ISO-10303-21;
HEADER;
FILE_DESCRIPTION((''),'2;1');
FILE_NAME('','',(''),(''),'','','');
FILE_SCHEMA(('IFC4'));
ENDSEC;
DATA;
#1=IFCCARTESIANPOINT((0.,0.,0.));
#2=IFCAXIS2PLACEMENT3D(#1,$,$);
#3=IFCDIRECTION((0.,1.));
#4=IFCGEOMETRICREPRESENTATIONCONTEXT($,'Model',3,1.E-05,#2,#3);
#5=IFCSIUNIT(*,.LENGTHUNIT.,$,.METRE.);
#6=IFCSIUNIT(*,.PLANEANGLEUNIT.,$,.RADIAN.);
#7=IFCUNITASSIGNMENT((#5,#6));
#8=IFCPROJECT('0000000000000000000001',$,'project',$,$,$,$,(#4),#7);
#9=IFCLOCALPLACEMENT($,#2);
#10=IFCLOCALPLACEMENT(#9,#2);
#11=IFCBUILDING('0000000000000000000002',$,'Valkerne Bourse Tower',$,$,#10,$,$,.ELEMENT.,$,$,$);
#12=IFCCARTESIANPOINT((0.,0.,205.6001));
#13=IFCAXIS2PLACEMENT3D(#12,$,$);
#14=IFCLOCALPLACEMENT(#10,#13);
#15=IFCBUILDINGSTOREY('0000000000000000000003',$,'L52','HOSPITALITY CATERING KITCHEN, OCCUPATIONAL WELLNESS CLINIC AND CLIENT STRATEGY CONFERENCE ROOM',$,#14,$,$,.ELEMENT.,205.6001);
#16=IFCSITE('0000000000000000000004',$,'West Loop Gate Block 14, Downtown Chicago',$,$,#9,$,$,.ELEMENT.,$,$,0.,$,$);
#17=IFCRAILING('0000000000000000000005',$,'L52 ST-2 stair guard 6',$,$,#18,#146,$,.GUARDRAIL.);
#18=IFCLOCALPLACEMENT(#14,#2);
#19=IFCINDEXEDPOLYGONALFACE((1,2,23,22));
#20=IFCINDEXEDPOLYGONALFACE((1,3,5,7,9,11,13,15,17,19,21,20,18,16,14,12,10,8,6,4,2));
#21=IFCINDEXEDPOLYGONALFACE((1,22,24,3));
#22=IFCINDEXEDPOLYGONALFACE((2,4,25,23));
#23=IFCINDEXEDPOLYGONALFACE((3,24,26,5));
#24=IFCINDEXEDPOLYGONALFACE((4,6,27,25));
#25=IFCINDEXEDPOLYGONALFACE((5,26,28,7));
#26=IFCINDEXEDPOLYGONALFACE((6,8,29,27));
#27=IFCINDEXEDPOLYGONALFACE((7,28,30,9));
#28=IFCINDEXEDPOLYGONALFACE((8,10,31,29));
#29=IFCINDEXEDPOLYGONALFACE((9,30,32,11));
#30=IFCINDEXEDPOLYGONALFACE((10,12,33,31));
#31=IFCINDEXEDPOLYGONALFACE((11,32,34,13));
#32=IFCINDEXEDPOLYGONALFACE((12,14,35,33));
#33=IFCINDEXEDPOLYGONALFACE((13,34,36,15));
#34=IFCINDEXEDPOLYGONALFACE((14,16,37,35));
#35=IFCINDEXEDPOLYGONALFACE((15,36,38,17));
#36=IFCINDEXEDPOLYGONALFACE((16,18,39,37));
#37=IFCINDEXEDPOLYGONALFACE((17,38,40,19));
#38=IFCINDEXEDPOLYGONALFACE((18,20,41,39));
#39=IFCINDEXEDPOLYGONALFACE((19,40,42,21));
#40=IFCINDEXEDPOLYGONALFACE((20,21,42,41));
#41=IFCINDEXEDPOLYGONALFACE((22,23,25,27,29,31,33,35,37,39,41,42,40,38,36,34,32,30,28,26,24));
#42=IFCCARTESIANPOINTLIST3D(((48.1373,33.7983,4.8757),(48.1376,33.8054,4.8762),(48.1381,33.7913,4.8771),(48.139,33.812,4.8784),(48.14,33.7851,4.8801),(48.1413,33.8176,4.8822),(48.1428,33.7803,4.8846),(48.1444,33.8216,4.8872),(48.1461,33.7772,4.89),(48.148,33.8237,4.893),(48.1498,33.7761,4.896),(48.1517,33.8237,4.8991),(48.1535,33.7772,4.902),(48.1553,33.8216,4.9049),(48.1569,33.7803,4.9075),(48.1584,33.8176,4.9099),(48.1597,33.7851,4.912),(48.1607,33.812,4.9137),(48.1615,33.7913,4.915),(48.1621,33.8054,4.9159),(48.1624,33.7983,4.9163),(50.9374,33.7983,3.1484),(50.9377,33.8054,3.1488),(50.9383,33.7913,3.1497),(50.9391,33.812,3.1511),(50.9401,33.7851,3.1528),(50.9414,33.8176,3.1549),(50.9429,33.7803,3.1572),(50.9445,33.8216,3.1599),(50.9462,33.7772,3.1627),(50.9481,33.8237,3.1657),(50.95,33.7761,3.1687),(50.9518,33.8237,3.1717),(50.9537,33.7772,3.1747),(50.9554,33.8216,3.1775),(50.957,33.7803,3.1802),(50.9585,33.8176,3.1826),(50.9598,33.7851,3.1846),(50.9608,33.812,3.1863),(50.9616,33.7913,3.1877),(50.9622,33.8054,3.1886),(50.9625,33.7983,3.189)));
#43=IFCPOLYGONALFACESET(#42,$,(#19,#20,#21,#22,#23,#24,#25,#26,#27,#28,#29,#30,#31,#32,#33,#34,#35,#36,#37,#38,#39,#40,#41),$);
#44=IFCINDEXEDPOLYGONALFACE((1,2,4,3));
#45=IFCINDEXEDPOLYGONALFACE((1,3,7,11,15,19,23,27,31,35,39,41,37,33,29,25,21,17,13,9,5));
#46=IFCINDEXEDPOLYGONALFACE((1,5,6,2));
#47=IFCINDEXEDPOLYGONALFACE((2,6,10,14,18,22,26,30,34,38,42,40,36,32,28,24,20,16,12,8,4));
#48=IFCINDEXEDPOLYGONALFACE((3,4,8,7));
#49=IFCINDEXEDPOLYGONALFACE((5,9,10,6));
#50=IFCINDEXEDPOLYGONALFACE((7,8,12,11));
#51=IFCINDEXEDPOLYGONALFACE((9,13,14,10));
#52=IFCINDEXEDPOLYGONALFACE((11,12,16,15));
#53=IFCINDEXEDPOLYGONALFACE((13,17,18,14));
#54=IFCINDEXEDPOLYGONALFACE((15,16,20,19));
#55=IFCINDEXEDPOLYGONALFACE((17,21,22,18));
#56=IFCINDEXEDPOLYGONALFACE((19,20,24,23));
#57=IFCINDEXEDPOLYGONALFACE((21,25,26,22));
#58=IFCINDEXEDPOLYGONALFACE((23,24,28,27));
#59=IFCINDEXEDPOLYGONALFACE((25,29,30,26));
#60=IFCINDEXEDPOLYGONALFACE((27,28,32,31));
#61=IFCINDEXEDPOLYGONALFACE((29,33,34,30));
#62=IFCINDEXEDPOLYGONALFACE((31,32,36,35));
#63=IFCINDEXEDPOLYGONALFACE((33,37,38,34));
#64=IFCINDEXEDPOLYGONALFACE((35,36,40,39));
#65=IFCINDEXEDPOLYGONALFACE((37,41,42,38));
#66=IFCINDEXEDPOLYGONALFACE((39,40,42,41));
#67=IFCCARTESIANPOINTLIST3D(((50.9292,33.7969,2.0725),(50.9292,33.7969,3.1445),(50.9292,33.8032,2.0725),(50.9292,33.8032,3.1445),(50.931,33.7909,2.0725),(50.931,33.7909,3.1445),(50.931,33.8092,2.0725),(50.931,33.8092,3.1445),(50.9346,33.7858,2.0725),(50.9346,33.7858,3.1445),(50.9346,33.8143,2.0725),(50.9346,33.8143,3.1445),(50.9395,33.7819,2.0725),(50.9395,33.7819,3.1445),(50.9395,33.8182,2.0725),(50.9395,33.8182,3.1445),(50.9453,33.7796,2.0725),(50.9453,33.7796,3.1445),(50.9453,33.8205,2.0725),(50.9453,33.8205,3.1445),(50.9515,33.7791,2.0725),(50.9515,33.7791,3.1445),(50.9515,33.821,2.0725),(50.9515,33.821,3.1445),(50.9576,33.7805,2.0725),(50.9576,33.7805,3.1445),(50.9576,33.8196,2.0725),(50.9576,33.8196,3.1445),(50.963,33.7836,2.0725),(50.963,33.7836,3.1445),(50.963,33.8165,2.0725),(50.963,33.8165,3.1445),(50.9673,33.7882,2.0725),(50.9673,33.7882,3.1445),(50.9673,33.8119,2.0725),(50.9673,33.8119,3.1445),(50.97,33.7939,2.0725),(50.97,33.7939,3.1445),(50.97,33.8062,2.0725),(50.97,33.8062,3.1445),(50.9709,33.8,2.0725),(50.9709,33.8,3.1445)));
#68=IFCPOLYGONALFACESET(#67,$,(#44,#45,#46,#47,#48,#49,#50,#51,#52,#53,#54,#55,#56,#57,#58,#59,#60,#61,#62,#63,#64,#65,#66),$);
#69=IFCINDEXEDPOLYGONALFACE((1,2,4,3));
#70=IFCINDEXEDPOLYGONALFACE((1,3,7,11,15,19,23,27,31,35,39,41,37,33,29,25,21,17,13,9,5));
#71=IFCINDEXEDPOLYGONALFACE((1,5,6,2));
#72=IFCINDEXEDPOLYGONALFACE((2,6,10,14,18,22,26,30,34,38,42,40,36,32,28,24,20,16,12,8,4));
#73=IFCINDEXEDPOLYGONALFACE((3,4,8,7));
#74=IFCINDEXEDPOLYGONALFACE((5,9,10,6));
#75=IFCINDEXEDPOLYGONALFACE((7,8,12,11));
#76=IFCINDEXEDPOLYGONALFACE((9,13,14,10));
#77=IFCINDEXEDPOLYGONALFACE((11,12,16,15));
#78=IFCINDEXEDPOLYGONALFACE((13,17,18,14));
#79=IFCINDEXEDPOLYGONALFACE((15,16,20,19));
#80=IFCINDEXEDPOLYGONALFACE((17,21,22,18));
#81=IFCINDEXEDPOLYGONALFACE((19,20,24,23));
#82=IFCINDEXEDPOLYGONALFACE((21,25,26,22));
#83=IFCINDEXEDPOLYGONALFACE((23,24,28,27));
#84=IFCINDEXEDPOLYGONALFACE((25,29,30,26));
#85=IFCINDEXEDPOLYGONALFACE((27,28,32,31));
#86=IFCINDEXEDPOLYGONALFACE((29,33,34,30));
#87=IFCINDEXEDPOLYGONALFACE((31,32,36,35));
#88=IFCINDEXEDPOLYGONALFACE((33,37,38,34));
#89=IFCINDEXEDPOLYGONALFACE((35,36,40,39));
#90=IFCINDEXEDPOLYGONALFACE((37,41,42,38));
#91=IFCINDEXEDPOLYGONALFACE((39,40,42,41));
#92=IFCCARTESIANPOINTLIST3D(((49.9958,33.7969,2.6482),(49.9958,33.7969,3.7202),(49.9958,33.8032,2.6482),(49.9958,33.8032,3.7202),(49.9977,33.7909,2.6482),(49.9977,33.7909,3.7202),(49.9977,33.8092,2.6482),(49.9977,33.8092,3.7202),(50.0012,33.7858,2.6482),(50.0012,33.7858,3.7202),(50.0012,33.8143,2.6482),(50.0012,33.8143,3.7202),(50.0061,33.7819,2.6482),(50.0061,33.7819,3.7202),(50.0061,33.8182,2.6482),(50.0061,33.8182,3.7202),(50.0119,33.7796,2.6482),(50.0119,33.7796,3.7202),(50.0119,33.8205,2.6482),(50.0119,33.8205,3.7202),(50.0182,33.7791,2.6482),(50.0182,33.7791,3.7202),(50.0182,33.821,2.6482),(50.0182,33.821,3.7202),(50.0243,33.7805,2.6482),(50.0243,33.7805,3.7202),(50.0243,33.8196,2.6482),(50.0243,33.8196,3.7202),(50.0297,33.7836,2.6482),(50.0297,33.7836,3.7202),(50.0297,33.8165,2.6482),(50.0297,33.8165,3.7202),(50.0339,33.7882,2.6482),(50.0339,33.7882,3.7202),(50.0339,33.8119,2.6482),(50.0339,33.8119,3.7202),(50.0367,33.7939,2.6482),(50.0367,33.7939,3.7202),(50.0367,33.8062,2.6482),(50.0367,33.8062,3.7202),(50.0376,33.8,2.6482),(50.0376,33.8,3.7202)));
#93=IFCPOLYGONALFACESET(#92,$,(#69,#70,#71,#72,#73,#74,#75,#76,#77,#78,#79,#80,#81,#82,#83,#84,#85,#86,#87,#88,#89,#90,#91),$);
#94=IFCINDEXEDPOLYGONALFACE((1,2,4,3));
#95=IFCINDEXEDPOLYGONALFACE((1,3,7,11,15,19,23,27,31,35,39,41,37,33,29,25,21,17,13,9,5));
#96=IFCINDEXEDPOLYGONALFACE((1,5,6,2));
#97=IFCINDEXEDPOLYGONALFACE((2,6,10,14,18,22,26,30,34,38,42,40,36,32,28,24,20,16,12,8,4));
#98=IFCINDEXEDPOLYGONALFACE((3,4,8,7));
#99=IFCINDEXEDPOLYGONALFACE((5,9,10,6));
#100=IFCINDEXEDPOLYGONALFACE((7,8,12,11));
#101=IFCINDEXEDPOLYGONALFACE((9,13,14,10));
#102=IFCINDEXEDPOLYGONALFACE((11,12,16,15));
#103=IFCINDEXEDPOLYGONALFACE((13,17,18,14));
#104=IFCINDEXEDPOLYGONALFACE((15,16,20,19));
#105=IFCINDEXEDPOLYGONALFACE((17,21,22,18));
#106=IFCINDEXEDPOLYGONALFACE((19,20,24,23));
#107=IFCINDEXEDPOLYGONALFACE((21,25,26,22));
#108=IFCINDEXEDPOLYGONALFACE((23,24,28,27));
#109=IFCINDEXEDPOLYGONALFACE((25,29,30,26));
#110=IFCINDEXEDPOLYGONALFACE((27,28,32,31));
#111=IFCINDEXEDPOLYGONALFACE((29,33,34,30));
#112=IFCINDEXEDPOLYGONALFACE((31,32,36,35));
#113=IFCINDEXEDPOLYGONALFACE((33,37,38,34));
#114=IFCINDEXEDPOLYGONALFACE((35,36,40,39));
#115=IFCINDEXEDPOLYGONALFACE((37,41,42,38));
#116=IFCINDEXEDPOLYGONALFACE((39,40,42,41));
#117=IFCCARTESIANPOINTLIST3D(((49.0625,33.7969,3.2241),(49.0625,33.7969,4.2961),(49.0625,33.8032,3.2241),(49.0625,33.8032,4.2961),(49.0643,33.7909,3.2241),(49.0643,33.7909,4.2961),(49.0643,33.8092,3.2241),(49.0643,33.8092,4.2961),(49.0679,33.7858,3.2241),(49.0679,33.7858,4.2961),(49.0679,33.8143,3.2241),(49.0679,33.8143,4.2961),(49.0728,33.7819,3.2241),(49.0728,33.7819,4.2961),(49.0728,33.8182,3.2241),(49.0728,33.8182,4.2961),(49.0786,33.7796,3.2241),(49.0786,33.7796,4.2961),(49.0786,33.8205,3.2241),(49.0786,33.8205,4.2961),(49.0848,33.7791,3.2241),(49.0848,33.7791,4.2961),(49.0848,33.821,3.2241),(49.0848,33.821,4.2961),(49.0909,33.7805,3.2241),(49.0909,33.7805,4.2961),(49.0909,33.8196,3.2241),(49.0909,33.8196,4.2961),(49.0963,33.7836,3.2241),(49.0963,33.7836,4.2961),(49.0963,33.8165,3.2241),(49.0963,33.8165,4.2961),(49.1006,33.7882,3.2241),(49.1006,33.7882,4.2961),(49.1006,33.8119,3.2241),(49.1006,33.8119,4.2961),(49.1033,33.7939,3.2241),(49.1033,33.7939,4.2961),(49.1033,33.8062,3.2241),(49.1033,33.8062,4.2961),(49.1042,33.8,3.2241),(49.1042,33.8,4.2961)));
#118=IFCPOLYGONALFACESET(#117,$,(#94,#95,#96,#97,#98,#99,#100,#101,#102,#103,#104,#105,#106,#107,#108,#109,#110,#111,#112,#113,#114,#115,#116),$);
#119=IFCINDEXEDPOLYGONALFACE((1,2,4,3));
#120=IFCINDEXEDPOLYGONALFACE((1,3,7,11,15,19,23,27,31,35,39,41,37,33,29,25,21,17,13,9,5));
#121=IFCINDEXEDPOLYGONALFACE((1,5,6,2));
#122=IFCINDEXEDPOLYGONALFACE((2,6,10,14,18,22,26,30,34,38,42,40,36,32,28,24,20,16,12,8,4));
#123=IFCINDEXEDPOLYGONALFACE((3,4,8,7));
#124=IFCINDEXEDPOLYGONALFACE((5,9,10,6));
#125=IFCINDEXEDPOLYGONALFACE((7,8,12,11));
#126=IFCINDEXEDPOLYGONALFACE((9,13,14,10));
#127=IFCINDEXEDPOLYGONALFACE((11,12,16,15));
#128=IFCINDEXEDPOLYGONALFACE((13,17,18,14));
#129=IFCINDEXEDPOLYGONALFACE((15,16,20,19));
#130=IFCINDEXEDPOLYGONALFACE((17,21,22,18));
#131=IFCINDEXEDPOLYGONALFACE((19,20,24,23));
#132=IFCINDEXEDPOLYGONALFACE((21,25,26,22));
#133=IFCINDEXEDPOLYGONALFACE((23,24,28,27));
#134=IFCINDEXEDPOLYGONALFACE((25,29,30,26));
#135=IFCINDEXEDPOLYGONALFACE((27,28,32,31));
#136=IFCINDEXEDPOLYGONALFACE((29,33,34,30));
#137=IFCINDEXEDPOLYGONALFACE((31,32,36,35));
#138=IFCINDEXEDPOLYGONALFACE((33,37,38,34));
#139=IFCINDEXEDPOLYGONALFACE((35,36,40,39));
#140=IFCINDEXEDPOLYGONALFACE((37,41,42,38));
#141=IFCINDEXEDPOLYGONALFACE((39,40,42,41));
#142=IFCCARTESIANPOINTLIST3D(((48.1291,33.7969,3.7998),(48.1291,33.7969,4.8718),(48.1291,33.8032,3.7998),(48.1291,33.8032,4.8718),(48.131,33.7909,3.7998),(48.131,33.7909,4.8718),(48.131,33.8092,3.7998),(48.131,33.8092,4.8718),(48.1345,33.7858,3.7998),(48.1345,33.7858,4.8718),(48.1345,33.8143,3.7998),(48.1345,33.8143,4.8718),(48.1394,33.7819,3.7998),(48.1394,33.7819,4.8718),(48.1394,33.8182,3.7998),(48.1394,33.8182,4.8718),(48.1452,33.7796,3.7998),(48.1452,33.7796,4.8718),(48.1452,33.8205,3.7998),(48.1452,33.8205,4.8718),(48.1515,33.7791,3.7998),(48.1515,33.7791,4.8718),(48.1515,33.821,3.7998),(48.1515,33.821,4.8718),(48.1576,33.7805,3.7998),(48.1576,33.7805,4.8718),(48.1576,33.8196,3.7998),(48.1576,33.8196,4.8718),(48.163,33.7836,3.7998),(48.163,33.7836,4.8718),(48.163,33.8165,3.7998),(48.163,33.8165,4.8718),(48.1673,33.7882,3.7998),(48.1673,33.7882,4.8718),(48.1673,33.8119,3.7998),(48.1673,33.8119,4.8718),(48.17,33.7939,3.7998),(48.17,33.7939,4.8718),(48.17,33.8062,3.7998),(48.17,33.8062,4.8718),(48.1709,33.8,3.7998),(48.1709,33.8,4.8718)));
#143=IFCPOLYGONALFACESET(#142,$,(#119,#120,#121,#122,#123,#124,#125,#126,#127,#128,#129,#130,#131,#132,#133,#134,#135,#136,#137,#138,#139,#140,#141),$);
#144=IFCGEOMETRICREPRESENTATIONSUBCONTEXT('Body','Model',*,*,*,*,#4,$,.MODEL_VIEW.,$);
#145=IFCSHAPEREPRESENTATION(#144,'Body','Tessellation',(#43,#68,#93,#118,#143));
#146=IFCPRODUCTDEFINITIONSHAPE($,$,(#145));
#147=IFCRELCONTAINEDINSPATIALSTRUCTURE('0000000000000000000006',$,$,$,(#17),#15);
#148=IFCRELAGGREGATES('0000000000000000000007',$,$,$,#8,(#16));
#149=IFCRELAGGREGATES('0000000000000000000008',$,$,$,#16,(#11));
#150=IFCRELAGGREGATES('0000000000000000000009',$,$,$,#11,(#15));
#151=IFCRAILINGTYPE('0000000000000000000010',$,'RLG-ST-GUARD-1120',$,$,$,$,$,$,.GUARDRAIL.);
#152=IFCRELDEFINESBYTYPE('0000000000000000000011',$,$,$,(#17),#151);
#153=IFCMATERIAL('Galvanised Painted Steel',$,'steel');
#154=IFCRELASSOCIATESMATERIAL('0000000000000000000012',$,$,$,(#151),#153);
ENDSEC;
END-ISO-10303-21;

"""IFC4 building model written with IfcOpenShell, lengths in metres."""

from ifc_helpers import new_model, si_unit, direction, frame, origin, origin_2d, place, context, subcontext, project, spatial, circle, extrude, material, type_object, element, save


model = new_model("IFC4")

# Units and contexts
model_context = context("Model", 3, precision=1e-05, world=origin(), true_north=direction((0.0, 1.0)))
body_context = subcontext(model_context, "Body", "Model", "MODEL_VIEW")
ifc_project = project(units=[si_unit("LENGTHUNIT", "METRE"), si_unit("PLANEANGLEUNIT", "RADIAN")], contexts=[model_context])

# Site, building, storey
site_placement = place(None, origin())
site = spatial("IfcSite", under=ifc_project, at=site_placement, Name="West Loop Gate Block 14, Downtown Chicago", CompositionType="ELEMENT", RefElevation=0.0)
building_placement = place(site_placement, origin())
building = spatial("IfcBuilding", under=site, at=building_placement, Name="Valkerne Bourse Tower", CompositionType="ELEMENT")
storey_placement = place(building_placement, frame((0.0, 0.0, 205.6001)))
storey = spatial("IfcBuildingStorey", under=building, at=storey_placement, Name="L52", Description="HOSPITALITY CATERING KITCHEN, OCCUPATIONAL WELLNESS CLINIC AND CLIENT STRATEGY CONFERENCE ROOM", CompositionType="ELEMENT", Elevation=205.6001)

# Railing
ifc_material_1 = material(Name="Galvanised Painted Steel", Category="steel")
railing_type_1 = type_object("IfcRailingType", Name="RLG-ST-GUARD-1120", PredefinedType="GUARDRAIL", material=ifc_material_1)
railing_1_placement = place(storey_placement, frame((50.95, 33.8, 2.0725)))
element("IfcRailing", 1, at=railing_1_placement, inside=storey, type_object=railing_type_1, Name="L52 ST-2 stair guard 6", PredefinedType="GUARDRAIL", context=body_context, shape_type="SweptSolid", body=[
    extrude(circle(Radius=0.0239, at=origin_2d()), frame((0.0, 0.0, 1.0962), z_axis=(-0.85109, 0.0, 0.52502), x_axis=(0.0, -1.0, 0.0)), (0.0, 0.0, 1.0), 3.29),
    extrude(circle(Radius=0.021, at=origin_2d()), origin(), (0.0, 0.0, 1.0), 1.072),
    extrude(circle(Radius=0.021, at=origin_2d()), frame((-0.9333, 0.0, 0.5757)), (0.0, 0.0, 1.0), 1.072),
    extrude(circle(Radius=0.021, at=origin_2d()), frame((-1.8667, 0.0, 1.1516)), (0.0, 0.0, 1.0), 1.072),
    extrude(circle(Radius=0.021, at=origin_2d()), frame((-2.8, 0.0, 1.7273)), (0.0, 0.0, 1.0), 1.072),
])

save(model, "model.ifc")
